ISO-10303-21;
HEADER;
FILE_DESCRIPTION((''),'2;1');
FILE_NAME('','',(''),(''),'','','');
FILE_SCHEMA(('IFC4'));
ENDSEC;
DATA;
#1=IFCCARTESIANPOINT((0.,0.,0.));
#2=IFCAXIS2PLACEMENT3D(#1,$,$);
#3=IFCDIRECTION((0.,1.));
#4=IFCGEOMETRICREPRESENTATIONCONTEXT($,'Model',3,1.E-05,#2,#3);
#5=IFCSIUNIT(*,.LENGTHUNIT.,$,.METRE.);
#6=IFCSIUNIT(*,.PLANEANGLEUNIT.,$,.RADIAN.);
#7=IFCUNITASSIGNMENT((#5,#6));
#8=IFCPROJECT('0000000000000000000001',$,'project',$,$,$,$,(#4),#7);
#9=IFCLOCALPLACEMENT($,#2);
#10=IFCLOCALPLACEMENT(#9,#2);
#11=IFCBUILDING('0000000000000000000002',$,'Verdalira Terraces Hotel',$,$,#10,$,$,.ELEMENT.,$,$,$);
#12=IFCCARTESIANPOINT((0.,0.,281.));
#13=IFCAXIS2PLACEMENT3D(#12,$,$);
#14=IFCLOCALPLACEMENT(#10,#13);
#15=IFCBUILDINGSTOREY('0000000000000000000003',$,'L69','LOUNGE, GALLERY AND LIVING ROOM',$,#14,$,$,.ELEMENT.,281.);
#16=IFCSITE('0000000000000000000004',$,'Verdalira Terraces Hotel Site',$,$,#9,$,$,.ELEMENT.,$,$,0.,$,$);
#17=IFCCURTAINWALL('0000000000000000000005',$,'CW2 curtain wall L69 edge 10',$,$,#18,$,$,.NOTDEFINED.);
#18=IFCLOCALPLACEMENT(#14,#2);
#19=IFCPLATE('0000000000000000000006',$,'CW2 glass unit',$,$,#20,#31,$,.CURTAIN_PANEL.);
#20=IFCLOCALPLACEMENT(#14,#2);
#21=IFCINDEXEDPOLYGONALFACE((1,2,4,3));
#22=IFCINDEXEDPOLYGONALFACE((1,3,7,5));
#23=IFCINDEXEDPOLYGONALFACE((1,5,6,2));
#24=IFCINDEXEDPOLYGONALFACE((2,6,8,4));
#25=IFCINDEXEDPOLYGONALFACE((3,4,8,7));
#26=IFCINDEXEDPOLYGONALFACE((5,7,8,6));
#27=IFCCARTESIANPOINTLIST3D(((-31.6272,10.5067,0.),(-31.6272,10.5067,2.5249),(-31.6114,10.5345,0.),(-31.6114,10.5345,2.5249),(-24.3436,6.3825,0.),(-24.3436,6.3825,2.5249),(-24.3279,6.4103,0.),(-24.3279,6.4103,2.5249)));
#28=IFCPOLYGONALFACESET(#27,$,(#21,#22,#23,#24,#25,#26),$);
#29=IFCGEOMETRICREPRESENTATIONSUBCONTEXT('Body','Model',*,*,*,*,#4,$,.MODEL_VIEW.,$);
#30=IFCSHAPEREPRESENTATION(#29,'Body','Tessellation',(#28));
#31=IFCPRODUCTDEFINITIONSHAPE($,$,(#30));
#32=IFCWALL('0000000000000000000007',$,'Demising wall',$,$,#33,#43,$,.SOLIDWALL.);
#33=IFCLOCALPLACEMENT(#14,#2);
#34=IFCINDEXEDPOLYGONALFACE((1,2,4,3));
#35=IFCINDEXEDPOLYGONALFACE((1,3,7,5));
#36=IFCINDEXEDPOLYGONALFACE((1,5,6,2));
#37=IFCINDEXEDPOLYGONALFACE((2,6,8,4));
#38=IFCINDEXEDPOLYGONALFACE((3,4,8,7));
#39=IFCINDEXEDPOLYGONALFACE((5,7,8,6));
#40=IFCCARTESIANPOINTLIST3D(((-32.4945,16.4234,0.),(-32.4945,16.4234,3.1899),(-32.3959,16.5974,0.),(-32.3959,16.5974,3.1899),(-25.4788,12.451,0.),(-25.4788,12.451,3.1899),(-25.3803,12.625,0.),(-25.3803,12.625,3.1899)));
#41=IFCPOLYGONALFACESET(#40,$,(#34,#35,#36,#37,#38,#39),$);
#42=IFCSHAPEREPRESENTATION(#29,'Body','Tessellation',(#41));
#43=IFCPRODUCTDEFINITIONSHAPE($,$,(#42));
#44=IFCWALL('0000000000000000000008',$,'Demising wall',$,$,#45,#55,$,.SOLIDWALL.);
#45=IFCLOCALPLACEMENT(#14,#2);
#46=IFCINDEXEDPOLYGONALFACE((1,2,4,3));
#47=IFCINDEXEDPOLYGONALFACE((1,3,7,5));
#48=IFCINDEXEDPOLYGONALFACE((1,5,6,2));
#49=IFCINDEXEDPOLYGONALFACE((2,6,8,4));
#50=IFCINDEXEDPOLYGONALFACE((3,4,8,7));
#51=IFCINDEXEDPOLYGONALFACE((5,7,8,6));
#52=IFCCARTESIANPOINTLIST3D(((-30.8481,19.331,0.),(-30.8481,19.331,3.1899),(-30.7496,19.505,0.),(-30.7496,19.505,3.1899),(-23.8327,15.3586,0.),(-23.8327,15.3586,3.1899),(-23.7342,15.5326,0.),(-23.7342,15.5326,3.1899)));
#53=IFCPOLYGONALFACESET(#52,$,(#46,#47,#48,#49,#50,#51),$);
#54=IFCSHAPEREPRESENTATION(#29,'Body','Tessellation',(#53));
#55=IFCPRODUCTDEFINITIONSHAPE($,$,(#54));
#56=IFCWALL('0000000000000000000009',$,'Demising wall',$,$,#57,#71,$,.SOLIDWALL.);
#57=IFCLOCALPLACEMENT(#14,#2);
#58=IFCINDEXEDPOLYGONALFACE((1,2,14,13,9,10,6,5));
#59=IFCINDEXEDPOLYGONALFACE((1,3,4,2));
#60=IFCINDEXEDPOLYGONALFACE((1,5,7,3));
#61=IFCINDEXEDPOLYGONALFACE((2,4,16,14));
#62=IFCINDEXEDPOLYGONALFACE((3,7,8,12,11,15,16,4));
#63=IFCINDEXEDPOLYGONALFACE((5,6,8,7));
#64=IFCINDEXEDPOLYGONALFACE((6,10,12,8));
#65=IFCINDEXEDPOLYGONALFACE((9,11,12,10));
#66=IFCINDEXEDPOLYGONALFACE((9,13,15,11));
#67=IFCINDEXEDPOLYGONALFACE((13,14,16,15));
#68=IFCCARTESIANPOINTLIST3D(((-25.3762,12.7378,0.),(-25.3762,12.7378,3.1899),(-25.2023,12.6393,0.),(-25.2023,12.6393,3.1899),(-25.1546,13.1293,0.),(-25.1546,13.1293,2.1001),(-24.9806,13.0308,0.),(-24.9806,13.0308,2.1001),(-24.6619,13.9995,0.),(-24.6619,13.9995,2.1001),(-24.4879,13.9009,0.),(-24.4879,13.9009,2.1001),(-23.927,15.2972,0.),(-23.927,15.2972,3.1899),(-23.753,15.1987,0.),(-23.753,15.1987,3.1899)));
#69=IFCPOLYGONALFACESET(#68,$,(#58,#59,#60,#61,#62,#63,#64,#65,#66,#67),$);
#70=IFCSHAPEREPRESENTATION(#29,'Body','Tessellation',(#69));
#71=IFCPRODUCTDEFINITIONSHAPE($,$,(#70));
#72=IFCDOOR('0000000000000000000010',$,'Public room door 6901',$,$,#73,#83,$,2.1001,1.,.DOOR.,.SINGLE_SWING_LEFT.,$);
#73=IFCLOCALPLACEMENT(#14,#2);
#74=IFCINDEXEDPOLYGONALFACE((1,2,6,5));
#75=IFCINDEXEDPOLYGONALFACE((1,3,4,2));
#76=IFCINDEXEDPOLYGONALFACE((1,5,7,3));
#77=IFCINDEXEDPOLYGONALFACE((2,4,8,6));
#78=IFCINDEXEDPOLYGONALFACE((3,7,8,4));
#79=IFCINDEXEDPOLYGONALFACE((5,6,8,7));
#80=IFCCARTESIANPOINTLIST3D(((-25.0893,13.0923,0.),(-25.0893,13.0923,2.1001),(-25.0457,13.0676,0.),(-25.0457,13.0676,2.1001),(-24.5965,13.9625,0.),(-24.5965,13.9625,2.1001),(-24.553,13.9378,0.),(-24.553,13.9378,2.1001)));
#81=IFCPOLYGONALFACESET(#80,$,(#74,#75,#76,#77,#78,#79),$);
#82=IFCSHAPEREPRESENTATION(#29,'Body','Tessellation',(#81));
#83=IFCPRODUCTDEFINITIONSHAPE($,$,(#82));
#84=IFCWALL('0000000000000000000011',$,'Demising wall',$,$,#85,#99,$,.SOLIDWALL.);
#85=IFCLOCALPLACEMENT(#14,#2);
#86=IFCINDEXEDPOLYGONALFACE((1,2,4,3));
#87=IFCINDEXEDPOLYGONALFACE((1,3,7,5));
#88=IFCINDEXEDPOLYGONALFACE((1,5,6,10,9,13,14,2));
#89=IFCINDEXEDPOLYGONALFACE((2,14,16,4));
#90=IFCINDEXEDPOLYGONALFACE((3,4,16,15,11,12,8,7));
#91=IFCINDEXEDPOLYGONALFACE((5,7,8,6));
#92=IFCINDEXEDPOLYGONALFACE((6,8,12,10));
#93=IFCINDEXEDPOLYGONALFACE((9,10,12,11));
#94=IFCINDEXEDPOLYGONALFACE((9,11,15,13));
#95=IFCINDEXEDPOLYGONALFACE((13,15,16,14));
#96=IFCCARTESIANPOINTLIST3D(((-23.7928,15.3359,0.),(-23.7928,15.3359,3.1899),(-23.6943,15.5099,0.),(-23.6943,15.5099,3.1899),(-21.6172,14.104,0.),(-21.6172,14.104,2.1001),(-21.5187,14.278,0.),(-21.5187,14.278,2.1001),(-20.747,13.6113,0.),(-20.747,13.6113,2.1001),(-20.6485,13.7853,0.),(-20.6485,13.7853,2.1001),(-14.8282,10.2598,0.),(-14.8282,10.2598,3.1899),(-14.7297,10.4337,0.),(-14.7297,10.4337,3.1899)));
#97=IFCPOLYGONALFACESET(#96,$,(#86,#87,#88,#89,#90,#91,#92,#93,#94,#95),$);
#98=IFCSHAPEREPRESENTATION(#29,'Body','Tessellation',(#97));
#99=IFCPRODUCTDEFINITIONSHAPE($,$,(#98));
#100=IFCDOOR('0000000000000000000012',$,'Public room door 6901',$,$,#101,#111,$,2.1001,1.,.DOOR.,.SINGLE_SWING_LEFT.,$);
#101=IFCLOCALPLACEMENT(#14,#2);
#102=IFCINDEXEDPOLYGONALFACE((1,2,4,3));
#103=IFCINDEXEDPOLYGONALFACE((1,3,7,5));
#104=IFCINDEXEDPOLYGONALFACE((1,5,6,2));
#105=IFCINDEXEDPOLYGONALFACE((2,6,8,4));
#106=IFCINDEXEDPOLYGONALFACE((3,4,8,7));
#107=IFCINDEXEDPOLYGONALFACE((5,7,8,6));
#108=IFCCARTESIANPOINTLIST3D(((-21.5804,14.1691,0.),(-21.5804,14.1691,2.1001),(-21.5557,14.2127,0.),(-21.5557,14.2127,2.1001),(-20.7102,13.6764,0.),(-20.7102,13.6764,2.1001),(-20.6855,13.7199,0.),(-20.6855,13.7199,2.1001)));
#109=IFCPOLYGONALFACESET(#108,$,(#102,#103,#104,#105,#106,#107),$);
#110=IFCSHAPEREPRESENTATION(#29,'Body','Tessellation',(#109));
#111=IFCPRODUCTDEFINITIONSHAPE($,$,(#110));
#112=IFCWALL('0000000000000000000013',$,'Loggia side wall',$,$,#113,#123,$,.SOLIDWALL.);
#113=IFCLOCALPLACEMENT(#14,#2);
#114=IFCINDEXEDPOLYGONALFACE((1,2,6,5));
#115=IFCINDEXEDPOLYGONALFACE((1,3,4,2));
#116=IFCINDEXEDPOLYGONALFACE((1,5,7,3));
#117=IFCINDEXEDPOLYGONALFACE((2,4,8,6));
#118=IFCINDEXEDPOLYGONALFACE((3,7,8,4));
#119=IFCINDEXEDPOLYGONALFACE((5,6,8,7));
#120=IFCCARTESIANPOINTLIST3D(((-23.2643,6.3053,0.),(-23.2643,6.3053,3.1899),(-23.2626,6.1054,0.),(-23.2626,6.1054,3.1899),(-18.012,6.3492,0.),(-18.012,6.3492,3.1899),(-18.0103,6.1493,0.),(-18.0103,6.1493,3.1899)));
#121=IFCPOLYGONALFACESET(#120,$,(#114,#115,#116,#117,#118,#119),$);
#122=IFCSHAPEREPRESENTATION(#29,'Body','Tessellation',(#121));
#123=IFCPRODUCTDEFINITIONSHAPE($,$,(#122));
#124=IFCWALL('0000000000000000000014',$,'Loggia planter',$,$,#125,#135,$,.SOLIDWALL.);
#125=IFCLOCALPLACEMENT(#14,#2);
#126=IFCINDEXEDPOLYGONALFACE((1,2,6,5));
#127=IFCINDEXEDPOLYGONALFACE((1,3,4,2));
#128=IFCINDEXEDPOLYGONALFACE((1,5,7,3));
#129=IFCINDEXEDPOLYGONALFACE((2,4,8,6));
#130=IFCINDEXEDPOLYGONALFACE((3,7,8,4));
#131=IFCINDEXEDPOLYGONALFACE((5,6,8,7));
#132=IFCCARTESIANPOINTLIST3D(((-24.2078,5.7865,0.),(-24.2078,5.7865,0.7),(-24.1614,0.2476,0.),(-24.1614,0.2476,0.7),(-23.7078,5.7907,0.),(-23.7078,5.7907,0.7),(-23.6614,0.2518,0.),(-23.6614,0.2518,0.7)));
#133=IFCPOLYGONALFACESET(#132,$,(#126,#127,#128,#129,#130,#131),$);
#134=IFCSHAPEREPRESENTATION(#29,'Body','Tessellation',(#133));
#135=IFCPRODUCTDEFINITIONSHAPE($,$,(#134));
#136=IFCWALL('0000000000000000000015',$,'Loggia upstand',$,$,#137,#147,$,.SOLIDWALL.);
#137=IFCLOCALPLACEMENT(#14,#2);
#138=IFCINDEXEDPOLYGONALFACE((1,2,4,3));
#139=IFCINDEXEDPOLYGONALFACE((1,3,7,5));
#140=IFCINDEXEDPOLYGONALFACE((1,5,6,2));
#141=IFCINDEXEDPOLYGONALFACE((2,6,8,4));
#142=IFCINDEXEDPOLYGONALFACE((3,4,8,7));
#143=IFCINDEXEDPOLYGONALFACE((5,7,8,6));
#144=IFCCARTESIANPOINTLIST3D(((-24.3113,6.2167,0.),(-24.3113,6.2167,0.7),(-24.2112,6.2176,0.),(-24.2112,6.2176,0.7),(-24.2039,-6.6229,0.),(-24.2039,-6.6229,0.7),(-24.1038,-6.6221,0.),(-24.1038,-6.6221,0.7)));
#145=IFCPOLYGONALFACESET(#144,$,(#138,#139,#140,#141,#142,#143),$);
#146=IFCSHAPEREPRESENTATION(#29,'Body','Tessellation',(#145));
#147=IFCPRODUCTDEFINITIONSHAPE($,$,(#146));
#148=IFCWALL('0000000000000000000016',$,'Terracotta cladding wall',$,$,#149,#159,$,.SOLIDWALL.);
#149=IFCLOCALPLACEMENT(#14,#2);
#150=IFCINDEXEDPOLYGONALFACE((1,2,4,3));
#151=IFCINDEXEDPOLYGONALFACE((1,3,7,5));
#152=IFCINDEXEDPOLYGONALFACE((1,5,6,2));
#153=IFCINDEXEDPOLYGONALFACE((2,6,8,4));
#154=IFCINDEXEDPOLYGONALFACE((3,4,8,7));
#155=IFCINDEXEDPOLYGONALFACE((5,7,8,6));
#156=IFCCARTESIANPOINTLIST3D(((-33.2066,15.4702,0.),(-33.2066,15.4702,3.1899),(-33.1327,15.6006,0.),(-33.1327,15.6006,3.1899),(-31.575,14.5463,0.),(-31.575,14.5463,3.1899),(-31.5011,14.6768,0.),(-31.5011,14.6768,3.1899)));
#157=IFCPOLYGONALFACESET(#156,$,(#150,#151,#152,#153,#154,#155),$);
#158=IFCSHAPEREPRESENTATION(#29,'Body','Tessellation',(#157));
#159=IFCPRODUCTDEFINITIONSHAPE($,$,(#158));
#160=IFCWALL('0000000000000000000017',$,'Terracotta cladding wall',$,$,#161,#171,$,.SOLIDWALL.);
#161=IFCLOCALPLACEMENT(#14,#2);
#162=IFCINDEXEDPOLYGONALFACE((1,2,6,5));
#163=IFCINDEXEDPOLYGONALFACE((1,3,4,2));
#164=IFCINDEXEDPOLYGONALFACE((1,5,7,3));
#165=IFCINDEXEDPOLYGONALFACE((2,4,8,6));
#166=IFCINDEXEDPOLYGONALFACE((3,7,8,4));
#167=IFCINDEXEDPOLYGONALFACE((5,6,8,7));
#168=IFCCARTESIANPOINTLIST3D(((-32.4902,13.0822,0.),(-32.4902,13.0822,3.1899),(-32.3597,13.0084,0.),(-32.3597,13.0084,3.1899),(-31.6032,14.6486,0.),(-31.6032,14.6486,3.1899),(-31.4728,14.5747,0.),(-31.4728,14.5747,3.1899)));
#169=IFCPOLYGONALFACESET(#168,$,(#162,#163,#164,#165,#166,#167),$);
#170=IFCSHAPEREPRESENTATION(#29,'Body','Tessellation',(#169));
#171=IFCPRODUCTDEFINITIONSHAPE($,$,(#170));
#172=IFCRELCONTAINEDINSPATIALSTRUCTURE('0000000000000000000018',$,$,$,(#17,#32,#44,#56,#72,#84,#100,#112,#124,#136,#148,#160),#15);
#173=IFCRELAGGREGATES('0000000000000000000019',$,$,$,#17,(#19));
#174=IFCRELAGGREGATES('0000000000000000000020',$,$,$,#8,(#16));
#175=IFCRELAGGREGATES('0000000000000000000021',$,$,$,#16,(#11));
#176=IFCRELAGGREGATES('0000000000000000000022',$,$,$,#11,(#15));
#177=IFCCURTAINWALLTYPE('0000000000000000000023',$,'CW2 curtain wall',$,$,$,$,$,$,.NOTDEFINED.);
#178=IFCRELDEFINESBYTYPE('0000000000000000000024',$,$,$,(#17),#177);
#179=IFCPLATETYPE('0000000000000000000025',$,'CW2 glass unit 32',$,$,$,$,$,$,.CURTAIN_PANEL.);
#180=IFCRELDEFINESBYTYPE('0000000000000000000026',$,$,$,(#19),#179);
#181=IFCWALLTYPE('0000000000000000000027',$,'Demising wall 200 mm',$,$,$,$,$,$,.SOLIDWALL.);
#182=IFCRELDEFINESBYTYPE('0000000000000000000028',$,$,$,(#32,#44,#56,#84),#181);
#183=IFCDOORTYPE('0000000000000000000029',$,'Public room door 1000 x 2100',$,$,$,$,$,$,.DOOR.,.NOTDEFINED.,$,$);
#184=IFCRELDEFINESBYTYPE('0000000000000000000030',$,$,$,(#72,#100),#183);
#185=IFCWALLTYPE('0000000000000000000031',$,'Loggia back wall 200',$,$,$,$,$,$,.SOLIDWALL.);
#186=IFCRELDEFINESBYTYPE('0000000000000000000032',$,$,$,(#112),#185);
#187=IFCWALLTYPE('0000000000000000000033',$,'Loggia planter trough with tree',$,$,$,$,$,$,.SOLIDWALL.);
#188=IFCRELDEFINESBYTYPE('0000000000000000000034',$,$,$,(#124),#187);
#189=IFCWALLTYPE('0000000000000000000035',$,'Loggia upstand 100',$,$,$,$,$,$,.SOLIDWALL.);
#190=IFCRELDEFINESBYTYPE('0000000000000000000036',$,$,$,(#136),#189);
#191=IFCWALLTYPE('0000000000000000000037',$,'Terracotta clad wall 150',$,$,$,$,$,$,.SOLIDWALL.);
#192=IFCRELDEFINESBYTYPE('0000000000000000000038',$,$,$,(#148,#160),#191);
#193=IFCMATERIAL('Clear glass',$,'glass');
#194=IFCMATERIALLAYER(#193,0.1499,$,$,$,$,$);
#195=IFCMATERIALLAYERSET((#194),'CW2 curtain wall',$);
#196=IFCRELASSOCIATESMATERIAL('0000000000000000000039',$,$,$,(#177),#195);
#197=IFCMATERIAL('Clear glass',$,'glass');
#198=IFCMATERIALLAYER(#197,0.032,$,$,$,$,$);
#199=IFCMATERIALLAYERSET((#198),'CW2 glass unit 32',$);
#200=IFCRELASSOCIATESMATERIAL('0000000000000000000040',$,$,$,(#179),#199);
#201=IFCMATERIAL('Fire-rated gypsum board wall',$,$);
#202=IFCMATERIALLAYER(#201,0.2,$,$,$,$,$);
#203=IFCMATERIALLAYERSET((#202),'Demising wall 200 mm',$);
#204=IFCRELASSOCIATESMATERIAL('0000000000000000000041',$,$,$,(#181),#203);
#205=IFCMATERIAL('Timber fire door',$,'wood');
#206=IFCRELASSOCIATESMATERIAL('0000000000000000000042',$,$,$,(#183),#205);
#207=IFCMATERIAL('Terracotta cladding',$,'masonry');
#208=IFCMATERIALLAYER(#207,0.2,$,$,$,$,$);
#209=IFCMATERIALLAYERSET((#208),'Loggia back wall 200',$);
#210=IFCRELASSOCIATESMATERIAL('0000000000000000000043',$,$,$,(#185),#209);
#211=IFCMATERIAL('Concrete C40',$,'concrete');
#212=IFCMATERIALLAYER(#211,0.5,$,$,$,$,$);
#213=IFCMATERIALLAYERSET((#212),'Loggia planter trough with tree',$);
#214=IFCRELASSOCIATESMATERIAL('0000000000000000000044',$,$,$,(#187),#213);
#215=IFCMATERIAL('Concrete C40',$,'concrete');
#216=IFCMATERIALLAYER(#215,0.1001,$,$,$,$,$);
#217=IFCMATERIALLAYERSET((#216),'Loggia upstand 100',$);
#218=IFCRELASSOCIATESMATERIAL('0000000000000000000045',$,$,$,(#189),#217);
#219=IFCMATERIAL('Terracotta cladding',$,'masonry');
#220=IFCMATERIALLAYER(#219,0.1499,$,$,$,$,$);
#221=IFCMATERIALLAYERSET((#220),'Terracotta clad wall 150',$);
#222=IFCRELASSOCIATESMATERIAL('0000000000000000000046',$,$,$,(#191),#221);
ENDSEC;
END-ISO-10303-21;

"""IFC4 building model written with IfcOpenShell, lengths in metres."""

from ifc_helpers import new_model, si_unit, direction, frame, frame_2d, origin, origin_2d, place, context, subcontext, project, spatial, rectangle, extrude, material, layer, layer_set, type_object, element, fill, aggregate, save


model = new_model("IFC4")

# Units and contexts
model_context = context("Model", 3, precision=1e-05, world=origin(), true_north=direction((0.0, 1.0)))
body_context = subcontext(model_context, "Body", "Model", "MODEL_VIEW")
ifc_project = project(units=[si_unit("LENGTHUNIT", "METRE"), si_unit("PLANEANGLEUNIT", "RADIAN")], contexts=[model_context])

# Site, building, storey
site_placement = place(None, origin())
site = spatial("IfcSite", under=ifc_project, at=site_placement, Name="Verdalira Terraces Hotel Site", CompositionType="ELEMENT", RefElevation=0.0)
building_placement = place(site_placement, origin())
building = spatial("IfcBuilding", under=site, at=building_placement, Name="Verdalira Terraces Hotel", CompositionType="ELEMENT")
storey_placement = place(building_placement, frame((0.0, 0.0, 281.0)))
storey = spatial("IfcBuildingStorey", under=building, at=storey_placement, Name="L69", Description="LOUNGE, GALLERY AND LIVING ROOM", CompositionType="ELEMENT", Elevation=281.0)

# Curtain wall
ifc_material_1 = material(Name="Clear glass", Category="glass")
ifc_layer_1 = layer(ifc_material_1, 0.1499)
ifc_layer_set_1 = layer_set([ifc_layer_1], Name="CW2 curtain wall")
curtain_wall_type_1 = type_object("IfcCurtainWallType", Name="CW2 curtain wall", PredefinedType="NOTDEFINED", material=ifc_layer_set_1)
curtain_wall_1_placement = place(storey_placement, origin())
curtain_wall_1 = element("IfcCurtainWall", 1, at=curtain_wall_1_placement, inside=storey, type_object=curtain_wall_type_1, Name="CW2 curtain wall L69 edge 10", PredefinedType="NOTDEFINED")

# Plate
ifc_material_2 = material(Name="Clear glass", Category="glass")
ifc_layer_2 = layer(ifc_material_2, 0.032)
ifc_layer_set_2 = layer_set([ifc_layer_2], Name="CW2 glass unit 32")
plate_type = type_object("IfcPlateType", Name="CW2 glass unit 32", PredefinedType="CURTAIN_PANEL", material=ifc_layer_set_2)
plate_placement = place(storey_placement, frame((-27.9775, 8.4585, 0.0), z_axis=(0.0, 0.0, 1.0), x_axis=(0.870184, -0.492727, 0.0)))
plate = element("IfcPlate", 2, at=plate_placement, type_object=plate_type, Name="CW2 glass unit", PredefinedType="CURTAIN_PANEL", context=body_context, shape_type="SweptSolid", body=[
    extrude(rectangle(XDim=8.3701, YDim=0.032, at=origin_2d()), origin(), (0.0, 0.0, 1.0), 2.5249),
])
aggregate(curtain_wall_1, [plate])

# Walls
ifc_material_3 = material(Name="Fire-rated gypsum board wall")
ifc_layer_3 = layer(ifc_material_3, 0.2)
ifc_layer_set_3 = layer_set([ifc_layer_3], Name="Demising wall 200 mm")
wall_type_1 = type_object("IfcWallType", Name="Demising wall 200 mm", PredefinedType="SOLIDWALL", material=ifc_layer_set_3)
wall_1_placement = place(storey_placement, frame((-32.4453, 16.5105, 0.0), z_axis=(0.0, 0.0, 1.0), x_axis=(0.870188, -0.492721, 0.0)))
element("IfcWall", 3, at=wall_1_placement, inside=storey, type_object=wall_type_1, Name="Demising wall", PredefinedType="SOLIDWALL", context=body_context, shape_type="SweptSolid", body=[
    extrude(rectangle(XDim=8.0623, YDim=0.2, at=frame_2d((4.0312, 0.0))), origin(), (0.0, 0.0, 1.0), 3.1899),
])
wall_2_placement = place(storey_placement, frame((-23.7834, 15.4456, 0.0), z_axis=(0.0, 0.0, 1.0), x_axis=(-0.87018, 0.492734, 0.0)))
element("IfcWall", 4, at=wall_2_placement, inside=storey, type_object=wall_type_1, Name="Demising wall", PredefinedType="SOLIDWALL", context=body_context, shape_type="SweptSolid", body=[
    extrude(rectangle(XDim=8.062, YDim=0.2, at=frame_2d((4.031, 0.0))), origin(), (0.0, 0.0, 1.0), 3.1899),
])

# Walls, openings, doors
wall_3_placement = place(storey_placement, frame((-25.2893, 12.6885, 0.0), z_axis=(0.0, 0.0, 1.0), x_axis=(0.492738, 0.870178, 0.0)))
wall_3 = element("IfcWall", 5, at=wall_3_placement, inside=storey, type_object=wall_type_1, Name="Demising wall", PredefinedType="SOLIDWALL", context=body_context, shape_type="SweptSolid", body=[
    extrude(rectangle(XDim=2.9412, YDim=0.2, at=frame_2d((1.4707, 0.0))), origin(), (0.0, 0.0, 1.0), 3.1899),
])
opening_1_placement = place(wall_3_placement, frame((0.45, 0.0, 0.0)))
opening_1 = element("IfcOpeningElement", 6, at=opening_1_placement, cuts=wall_3, PredefinedType="OPENING", context=body_context, shape_type="SweptSolid", body=[
    extrude(rectangle(XDim=1.0, YDim=2.1001, at=frame_2d((0.5, 1.05))), frame((0.0, 0.1099, 0.0), z_axis=(0.0, -1.0, 0.0), x_axis=(1.0, 0.0, 0.0)), (0.0, 0.0, 1.0), 0.22),
])
ifc_material_4 = material(Name="Timber fire door", Category="wood")
door_type = type_object("IfcDoorType", Name="Public room door 1000 x 2100", OperationType="NOTDEFINED", PredefinedType="DOOR", material=ifc_material_4)
door_1_placement = place(opening_1_placement, origin())
door_1 = element("IfcDoor", 7, at=door_1_placement, inside=storey, type_object=door_type, Name="Public room door 6901", OperationType="SINGLE_SWING_LEFT", OverallHeight=2.1001, OverallWidth=1.0, PredefinedType="DOOR", context=body_context, shape_type="SweptSolid", body=[
    extrude(rectangle(XDim=1.0, YDim=2.1001, at=frame_2d((0.5, 1.05))), frame((0.0, 0.0249, 0.0), z_axis=(0.0, -1.0, 0.0), x_axis=(1.0, 0.0, 0.0)), (0.0, 0.0, 1.0), 0.05),
])
fill(opening_1, door_1)
wall_4_placement = place(storey_placement, frame((-23.7434, 15.4229, 0.0), z_axis=(0.0, 0.0, 1.0), x_axis=(0.870179, -0.492736, 0.0)))
wall_4 = element("IfcWall", 8, at=wall_4_placement, inside=storey, type_object=wall_type_1, Name="Demising wall", PredefinedType="SOLIDWALL", context=body_context, shape_type="SweptSolid", body=[
    extrude(rectangle(XDim=10.302, YDim=0.2, at=frame_2d((5.1509, 0.0))), origin(), (0.0, 0.0, 1.0), 3.1899),
])
opening_2_placement = place(wall_4_placement, frame((2.5, 0.0, 0.0)))
opening_2 = element("IfcOpeningElement", 9, at=opening_2_placement, cuts=wall_4, PredefinedType="OPENING", context=body_context, shape_type="SweptSolid", body=[
    extrude(rectangle(XDim=1.0, YDim=2.1001, at=frame_2d((0.5, 1.05))), frame((0.0, 0.1099, 0.0), z_axis=(0.0, -1.0, 0.0), x_axis=(1.0, 0.0, 0.0)), (0.0, 0.0, 1.0), 0.22),
])
door_2_placement = place(opening_2_placement, origin())
door_2 = element("IfcDoor", 10, at=door_2_placement, inside=storey, type_object=door_type, Name="Public room door 6901", OperationType="SINGLE_SWING_LEFT", OverallHeight=2.1001, OverallWidth=1.0, PredefinedType="DOOR", context=body_context, shape_type="SweptSolid", body=[
    extrude(rectangle(XDim=1.0, YDim=2.1001, at=frame_2d((0.5, 1.05))), frame((0.0, 0.0249, 0.0), z_axis=(0.0, -1.0, 0.0), x_axis=(1.0, 0.0, 0.0)), (0.0, 0.0, 1.0), 0.05),
])
fill(opening_2, door_2)

# Walls
ifc_material_5 = material(Name="Terracotta cladding", Category="masonry")
ifc_layer_4 = layer(ifc_material_5, 0.2)
ifc_layer_set_4 = layer_set([ifc_layer_4], Name="Loggia back wall 200")
wall_type_2 = type_object("IfcWallType", Name="Loggia back wall 200", PredefinedType="SOLIDWALL", material=ifc_layer_set_4)
wall_5_placement = place(storey_placement, frame((-23.2634, 6.2053, 0.0), z_axis=(0.0, 0.0, 1.0), x_axis=(0.999965, 0.008367, 0.0)))
element("IfcWall", 11, at=wall_5_placement, inside=storey, type_object=wall_type_2, Name="Loggia side wall", PredefinedType="SOLIDWALL", context=body_context, shape_type="SweptSolid", body=[
    extrude(rectangle(XDim=5.2524, YDim=0.2, at=frame_2d((2.6262, 0.0))), origin(), (0.0, 0.0, 1.0), 3.1899),
])
ifc_material_6 = material(Name="Concrete C40", Category="concrete")
ifc_layer_5 = layer(ifc_material_6, 0.5)
ifc_layer_set_5 = layer_set([ifc_layer_5], Name="Loggia planter trough with tree")
wall_type_3 = type_object("IfcWallType", Name="Loggia planter trough with tree", PredefinedType="SOLIDWALL", material=ifc_layer_set_5)
wall_6_placement = place(storey_placement, frame((-23.9578, 5.7886, 0.0), z_axis=(0.0, 0.0, 1.0), x_axis=(0.008375, -0.999965, 0.0)))
element("IfcWall", 12, at=wall_6_placement, inside=storey, type_object=wall_type_3, Name="Loggia planter", PredefinedType="SOLIDWALL", context=body_context, shape_type="SweptSolid", body=[
    extrude(rectangle(XDim=5.5391, YDim=0.5, at=frame_2d((2.7695, 0.0))), origin(), (0.0, 0.0, 1.0), 0.7),
])
ifc_material_7 = material(Name="Concrete C40", Category="concrete")
ifc_layer_6 = layer(ifc_material_7, 0.1001)
ifc_layer_set_6 = layer_set([ifc_layer_6], Name="Loggia upstand 100")
wall_type_4 = type_object("IfcWallType", Name="Loggia upstand 100", PredefinedType="SOLIDWALL", material=ifc_layer_set_6)
wall_7_placement = place(storey_placement, frame((-24.2612, 6.217, 0.0), z_axis=(0.0, 0.0, 1.0), x_axis=(0.008366, -0.999965, 0.0)))
element("IfcWall", 13, at=wall_7_placement, inside=storey, type_object=wall_type_4, Name="Loggia upstand", PredefinedType="SOLIDWALL", context=body_context, shape_type="SweptSolid", body=[
    extrude(rectangle(XDim=12.8401, YDim=0.1001, at=frame_2d((6.4199, 0.0))), origin(), (0.0, 0.0, 1.0), 0.7),
])
ifc_material_8 = material(Name="Terracotta cladding", Category="masonry")
ifc_layer_7 = layer(ifc_material_8, 0.1499)
ifc_layer_set_7 = layer_set([ifc_layer_7], Name="Terracotta clad wall 150")
wall_type_5 = type_object("IfcWallType", Name="Terracotta clad wall 150", PredefinedType="SOLIDWALL", material=ifc_layer_set_7)
wall_8_placement = place(storey_placement, frame((-33.1697, 15.5354, 0.0), z_axis=(0.0, 0.0, 1.0), x_axis=(0.870192, -0.492714, 0.0)))
element("IfcWall", 14, at=wall_8_placement, inside=storey, type_object=wall_type_5, Name="Terracotta cladding wall", PredefinedType="SOLIDWALL", context=body_context, shape_type="SweptSolid", body=[
    extrude(rectangle(XDim=1.875, YDim=0.1499, at=frame_2d((0.9375, 0.0))), origin(), (0.0, 0.0, 1.0), 3.1899),
])
wall_9_placement = place(storey_placement, frame((-31.5381, 14.6116, 0.0), z_axis=(0.0, 0.0, 1.0), x_axis=(-0.492732, -0.870181, 0.0)))
element("IfcWall", 15, at=wall_9_placement, inside=storey, type_object=wall_type_5, Name="Terracotta cladding wall", PredefinedType="SOLIDWALL", context=body_context, shape_type="SweptSolid", body=[
    extrude(rectangle(XDim=1.8, YDim=0.1499, at=frame_2d((0.8999, 0.0))), origin(), (0.0, 0.0, 1.0), 3.1899),
])

save(model, "model.ifc")
